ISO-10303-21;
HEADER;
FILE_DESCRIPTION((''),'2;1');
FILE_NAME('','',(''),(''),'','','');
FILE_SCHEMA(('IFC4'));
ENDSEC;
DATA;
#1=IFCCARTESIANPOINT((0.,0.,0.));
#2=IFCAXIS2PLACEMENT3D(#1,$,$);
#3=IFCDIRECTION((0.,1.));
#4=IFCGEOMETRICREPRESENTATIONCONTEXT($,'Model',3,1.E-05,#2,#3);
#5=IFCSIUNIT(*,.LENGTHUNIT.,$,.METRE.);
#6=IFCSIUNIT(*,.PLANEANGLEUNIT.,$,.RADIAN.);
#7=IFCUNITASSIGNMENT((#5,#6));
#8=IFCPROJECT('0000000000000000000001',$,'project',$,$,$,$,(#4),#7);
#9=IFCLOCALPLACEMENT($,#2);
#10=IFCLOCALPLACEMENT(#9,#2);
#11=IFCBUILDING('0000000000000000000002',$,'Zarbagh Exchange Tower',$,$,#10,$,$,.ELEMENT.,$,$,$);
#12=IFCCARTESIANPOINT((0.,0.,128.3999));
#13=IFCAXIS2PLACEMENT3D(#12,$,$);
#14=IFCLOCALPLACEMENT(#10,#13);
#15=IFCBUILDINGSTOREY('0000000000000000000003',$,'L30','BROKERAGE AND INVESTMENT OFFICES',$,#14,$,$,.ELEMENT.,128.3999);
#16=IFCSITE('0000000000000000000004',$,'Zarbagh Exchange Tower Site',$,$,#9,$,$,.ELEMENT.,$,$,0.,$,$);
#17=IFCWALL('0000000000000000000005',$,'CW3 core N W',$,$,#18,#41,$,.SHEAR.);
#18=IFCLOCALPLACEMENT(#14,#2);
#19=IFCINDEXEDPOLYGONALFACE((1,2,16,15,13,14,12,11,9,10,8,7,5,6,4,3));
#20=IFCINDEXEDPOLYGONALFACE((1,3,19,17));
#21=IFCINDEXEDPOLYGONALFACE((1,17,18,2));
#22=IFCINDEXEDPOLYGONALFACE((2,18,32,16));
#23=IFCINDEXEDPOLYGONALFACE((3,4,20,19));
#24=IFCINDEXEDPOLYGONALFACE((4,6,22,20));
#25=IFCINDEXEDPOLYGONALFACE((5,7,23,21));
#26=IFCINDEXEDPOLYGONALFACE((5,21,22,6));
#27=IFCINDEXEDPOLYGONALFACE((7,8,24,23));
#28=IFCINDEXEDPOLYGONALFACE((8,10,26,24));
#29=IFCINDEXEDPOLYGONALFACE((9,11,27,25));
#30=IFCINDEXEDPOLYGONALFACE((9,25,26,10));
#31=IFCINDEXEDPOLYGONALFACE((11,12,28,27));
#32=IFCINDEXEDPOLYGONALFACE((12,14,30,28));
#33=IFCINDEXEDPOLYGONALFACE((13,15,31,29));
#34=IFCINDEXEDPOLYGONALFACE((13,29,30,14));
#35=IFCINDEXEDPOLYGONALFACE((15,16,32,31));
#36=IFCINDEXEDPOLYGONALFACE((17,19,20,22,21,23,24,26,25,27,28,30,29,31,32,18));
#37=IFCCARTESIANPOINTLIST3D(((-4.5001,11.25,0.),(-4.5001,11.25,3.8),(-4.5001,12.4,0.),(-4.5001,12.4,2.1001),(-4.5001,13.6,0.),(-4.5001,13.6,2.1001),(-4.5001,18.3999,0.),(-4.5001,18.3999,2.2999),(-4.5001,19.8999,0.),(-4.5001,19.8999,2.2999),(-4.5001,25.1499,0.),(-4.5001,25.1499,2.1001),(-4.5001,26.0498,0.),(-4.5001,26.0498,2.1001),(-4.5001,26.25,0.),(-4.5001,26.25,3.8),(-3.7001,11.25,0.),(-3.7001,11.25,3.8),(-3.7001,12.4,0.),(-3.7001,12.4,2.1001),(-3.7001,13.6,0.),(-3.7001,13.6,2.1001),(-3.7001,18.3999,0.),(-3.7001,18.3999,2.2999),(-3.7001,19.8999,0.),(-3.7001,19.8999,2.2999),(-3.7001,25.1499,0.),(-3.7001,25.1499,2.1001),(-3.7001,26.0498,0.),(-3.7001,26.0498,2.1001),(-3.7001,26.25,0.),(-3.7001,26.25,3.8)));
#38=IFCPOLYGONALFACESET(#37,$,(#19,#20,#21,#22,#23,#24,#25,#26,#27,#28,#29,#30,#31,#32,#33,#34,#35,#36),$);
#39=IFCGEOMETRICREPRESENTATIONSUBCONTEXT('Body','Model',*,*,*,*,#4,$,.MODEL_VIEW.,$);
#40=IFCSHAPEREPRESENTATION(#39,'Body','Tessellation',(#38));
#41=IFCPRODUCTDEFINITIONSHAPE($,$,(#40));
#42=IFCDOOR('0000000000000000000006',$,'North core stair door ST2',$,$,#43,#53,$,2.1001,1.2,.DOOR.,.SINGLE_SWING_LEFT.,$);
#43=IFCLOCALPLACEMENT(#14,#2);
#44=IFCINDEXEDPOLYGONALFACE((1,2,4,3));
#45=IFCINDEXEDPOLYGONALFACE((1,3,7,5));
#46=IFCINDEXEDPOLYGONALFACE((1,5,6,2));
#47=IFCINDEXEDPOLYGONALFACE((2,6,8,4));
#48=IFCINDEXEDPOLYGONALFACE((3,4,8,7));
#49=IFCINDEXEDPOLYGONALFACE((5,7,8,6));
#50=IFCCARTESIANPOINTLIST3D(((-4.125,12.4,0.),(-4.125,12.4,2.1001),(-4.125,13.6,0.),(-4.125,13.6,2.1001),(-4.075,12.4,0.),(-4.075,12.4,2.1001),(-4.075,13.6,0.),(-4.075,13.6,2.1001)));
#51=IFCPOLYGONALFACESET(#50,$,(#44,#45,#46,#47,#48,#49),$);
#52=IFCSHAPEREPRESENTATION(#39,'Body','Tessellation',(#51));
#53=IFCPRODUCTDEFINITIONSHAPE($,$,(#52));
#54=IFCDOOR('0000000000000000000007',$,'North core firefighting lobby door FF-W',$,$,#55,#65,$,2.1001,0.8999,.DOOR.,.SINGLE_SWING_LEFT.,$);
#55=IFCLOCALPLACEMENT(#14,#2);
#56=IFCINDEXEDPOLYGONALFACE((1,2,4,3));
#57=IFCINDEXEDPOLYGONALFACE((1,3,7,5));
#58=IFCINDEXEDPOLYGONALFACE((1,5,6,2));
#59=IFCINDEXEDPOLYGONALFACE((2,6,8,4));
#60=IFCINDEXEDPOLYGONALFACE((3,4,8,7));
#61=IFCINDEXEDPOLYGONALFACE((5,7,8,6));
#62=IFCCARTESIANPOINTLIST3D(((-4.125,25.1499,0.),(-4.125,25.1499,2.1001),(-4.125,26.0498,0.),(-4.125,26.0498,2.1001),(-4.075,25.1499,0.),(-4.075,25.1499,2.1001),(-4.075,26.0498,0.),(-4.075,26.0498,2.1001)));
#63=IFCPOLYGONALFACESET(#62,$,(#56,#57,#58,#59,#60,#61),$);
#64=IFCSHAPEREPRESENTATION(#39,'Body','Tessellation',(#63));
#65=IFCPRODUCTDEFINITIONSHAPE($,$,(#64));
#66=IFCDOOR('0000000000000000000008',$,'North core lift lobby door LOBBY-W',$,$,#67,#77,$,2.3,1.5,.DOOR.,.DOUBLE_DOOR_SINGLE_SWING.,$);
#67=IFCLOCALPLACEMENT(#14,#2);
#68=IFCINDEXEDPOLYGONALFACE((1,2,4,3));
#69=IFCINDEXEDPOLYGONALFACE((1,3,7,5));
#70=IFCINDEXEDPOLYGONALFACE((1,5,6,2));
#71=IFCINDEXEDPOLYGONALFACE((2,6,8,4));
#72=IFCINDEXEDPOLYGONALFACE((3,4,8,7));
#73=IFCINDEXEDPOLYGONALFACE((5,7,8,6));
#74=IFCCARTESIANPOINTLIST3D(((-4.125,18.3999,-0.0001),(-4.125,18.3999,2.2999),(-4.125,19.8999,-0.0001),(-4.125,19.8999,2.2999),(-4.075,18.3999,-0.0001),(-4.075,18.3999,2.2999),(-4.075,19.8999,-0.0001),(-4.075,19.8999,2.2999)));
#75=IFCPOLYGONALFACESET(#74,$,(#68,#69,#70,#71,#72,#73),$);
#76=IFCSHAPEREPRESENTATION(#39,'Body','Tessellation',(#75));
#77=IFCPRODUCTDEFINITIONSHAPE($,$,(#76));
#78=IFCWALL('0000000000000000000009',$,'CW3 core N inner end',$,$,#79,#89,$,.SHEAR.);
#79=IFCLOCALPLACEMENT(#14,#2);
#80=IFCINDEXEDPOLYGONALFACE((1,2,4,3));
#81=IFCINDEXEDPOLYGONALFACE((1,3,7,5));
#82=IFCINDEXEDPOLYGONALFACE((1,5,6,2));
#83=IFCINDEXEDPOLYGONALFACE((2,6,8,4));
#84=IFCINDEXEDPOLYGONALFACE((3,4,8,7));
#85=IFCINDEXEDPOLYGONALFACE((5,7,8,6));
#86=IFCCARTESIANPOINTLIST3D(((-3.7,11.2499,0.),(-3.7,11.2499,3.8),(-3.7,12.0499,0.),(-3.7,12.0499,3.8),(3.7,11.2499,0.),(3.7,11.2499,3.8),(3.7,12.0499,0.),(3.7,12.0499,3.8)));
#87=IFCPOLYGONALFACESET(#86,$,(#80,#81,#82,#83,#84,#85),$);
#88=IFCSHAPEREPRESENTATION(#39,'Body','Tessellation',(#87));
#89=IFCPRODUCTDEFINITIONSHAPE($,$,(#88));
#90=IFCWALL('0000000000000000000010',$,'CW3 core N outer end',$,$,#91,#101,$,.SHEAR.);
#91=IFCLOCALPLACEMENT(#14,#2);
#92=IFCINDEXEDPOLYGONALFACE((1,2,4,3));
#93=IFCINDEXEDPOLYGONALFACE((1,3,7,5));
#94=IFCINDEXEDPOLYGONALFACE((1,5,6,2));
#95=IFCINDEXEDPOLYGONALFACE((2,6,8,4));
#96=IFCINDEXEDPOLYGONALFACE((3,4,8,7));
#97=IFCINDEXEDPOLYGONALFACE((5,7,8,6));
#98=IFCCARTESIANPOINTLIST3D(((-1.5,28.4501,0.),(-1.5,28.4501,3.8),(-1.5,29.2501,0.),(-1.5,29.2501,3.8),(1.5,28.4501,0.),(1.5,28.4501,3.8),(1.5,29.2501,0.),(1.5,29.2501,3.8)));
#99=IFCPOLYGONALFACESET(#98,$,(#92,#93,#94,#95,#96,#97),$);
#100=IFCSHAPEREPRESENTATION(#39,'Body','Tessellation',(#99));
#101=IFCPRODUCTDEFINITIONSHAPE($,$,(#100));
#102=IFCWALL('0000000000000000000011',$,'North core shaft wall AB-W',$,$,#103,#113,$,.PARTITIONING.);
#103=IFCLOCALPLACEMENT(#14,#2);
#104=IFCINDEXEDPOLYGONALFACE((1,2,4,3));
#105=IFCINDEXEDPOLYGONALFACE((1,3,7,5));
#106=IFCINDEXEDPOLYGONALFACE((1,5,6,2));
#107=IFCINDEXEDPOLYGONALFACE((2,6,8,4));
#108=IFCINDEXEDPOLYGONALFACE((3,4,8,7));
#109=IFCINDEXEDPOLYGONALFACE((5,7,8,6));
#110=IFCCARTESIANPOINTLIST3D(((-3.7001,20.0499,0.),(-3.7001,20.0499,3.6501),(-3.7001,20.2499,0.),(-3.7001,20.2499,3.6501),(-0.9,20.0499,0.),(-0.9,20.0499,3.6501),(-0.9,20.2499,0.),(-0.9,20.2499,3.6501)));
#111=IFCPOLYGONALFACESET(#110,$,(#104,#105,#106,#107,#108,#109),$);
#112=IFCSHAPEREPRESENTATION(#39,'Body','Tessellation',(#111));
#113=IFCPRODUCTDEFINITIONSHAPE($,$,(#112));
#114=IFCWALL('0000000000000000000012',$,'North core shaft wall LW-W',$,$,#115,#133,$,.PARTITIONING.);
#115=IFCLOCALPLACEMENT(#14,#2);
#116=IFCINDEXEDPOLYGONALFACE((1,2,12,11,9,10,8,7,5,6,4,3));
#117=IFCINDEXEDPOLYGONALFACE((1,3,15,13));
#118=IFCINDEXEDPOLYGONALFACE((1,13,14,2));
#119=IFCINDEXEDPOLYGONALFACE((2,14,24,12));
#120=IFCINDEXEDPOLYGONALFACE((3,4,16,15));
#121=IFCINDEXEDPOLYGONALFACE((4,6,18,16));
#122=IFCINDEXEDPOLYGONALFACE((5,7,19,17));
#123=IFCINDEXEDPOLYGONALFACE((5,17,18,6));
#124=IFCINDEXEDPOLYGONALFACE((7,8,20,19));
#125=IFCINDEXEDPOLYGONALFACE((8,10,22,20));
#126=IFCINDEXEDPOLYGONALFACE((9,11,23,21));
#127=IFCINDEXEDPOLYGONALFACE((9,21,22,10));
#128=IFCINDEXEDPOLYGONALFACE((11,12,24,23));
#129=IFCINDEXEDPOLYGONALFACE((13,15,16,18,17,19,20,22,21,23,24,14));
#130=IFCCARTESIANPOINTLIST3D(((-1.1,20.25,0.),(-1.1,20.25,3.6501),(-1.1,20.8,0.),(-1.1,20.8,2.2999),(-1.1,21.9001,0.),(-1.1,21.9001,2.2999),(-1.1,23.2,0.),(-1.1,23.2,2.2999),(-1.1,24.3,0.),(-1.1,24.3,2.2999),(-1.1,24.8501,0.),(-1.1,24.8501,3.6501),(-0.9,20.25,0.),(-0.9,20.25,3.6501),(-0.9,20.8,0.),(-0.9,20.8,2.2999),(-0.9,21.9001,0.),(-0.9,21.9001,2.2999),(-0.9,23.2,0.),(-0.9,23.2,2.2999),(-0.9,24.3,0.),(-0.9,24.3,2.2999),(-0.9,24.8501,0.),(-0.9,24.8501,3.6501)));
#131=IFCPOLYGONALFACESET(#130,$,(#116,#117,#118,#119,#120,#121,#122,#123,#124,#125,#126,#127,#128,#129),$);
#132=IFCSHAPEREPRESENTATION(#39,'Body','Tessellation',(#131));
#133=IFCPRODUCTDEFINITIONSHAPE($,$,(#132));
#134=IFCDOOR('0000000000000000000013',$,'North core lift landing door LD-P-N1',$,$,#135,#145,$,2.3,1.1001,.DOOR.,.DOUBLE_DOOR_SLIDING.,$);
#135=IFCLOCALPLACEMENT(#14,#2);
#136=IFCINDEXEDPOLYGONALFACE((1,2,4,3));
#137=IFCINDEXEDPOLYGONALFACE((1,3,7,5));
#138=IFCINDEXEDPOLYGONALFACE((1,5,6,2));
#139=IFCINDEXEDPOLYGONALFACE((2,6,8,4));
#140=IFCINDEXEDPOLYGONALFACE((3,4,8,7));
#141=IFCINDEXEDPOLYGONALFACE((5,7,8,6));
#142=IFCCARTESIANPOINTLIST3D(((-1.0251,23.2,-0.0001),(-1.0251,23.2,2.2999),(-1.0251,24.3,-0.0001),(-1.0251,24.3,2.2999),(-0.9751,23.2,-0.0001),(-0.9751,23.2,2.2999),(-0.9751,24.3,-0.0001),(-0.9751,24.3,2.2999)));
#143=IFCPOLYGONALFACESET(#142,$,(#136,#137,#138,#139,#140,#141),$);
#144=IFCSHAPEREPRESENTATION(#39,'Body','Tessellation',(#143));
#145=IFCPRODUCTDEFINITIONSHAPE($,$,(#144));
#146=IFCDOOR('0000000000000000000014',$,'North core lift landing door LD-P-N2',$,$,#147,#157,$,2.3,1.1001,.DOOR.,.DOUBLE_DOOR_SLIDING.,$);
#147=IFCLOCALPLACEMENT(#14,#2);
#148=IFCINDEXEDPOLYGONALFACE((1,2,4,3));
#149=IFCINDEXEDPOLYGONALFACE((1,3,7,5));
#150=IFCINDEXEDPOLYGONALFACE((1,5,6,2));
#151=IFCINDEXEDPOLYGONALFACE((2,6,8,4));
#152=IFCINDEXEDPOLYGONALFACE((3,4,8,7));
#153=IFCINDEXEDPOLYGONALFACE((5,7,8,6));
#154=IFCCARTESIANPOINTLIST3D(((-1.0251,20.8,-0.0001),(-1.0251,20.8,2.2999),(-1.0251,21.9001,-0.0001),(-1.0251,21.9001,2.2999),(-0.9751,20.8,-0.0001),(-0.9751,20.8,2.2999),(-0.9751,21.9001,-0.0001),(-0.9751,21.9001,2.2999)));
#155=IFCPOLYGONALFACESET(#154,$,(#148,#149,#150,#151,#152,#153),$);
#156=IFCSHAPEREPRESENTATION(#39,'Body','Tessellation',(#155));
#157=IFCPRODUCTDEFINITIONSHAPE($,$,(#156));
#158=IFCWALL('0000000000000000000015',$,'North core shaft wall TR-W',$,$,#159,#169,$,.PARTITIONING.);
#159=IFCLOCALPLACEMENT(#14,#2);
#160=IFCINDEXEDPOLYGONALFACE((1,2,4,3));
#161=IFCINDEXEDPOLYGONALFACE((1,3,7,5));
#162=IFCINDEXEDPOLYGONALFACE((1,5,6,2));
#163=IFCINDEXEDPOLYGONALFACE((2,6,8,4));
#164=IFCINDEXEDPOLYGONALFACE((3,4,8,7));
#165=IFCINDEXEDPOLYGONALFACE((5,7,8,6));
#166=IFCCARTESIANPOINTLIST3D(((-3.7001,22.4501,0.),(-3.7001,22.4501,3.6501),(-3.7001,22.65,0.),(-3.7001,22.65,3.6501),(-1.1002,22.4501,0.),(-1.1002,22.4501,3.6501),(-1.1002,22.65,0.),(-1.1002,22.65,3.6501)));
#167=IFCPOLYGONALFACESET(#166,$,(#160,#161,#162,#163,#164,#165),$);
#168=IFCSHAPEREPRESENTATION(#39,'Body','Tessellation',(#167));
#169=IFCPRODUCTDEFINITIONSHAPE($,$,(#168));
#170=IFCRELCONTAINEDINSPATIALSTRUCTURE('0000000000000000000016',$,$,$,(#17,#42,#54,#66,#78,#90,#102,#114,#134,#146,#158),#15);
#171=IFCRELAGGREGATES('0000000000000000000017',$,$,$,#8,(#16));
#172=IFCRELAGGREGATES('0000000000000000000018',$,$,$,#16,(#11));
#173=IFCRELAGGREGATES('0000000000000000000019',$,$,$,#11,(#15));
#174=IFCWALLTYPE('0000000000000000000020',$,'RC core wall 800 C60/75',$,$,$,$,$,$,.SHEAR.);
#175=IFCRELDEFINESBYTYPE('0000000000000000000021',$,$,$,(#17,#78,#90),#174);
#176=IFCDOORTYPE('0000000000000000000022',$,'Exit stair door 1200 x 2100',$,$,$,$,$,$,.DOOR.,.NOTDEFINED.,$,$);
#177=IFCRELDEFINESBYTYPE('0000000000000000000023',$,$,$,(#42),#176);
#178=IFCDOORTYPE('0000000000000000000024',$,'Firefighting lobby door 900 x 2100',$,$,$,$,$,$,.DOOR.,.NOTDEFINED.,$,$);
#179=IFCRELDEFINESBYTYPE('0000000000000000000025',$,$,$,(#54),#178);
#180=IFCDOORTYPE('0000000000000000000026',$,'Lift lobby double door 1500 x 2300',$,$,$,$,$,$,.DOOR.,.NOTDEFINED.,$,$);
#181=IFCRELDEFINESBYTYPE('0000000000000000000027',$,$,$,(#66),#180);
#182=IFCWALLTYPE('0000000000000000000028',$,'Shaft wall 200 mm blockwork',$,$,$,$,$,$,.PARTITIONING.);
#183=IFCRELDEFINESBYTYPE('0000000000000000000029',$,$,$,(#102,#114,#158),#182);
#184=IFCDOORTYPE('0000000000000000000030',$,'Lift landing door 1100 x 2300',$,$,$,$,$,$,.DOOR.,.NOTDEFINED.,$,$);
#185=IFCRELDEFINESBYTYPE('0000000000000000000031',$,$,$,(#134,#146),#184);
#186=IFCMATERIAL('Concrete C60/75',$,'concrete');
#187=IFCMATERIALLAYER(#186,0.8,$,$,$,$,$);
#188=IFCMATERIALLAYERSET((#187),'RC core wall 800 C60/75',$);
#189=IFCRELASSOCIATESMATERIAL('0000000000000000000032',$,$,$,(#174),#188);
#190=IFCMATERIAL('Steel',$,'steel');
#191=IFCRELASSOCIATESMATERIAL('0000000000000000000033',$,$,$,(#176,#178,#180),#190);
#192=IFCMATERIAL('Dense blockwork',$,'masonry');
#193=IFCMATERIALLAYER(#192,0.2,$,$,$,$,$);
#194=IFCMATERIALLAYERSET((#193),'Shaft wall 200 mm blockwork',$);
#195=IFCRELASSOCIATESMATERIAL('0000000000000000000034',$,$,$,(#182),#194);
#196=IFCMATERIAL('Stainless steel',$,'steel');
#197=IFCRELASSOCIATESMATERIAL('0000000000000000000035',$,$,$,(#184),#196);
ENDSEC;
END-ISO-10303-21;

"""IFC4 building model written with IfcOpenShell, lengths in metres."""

from ifc_helpers import new_model, si_unit, direction, frame, frame_2d, origin, place, context, subcontext, project, spatial, rectangle, extrude, material, layer, layer_set, type_object, element, fill, save


model = new_model("IFC4")

# Units and contexts
model_context = context("Model", 3, precision=1e-05, world=origin(), true_north=direction((0.0, 1.0)))
body_context = subcontext(model_context, "Body", "Model", "MODEL_VIEW")
ifc_project = project(units=[si_unit("LENGTHUNIT", "METRE"), si_unit("PLANEANGLEUNIT", "RADIAN")], contexts=[model_context])

# Site, building, storey
site_placement = place(None, origin())
site = spatial("IfcSite", under=ifc_project, at=site_placement, Name="Zarbagh Exchange Tower Site", CompositionType="ELEMENT", RefElevation=0.0)
building_placement = place(site_placement, origin())
building = spatial("IfcBuilding", under=site, at=building_placement, Name="Zarbagh Exchange Tower", CompositionType="ELEMENT")
storey_placement = place(building_placement, frame((0.0, 0.0, 128.3999)))
storey = spatial("IfcBuildingStorey", under=building, at=storey_placement, Name="L30", Description="BROKERAGE AND INVESTMENT OFFICES", CompositionType="ELEMENT", Elevation=128.3999)

# Shared definitions
ifc_material_1 = material(Name="Concrete C60/75", Category="concrete")

# Wall, openings, doors
ifc_layer_1 = layer(ifc_material_1, 0.8)
ifc_layer_set_1 = layer_set([ifc_layer_1], Name="RC core wall 800 C60/75")
wall_type_1 = type_object("IfcWallType", Name="RC core wall 800 C60/75", PredefinedType="SHEAR", material=ifc_layer_set_1)
wall_1_placement = place(storey_placement, frame((-4.1001, 11.25, 0.0), z_axis=(0.0, 0.0, 1.0), x_axis=(0.0, 1.0, 0.0)))
wall_1 = element("IfcWall", 1, at=wall_1_placement, inside=storey, type_object=wall_type_1, Name="CW3 core N W", PredefinedType="SHEAR", context=body_context, shape_type="SweptSolid", body=[
    extrude(rectangle(XDim=15.0, YDim=0.8, at=frame_2d((7.5, 0.0))), origin(), (0.0, 0.0, 1.0), 3.8),
])
opening_1_placement = place(wall_1_placement, frame((7.1499, 0.0, 0.0)))
opening_1 = element("IfcOpeningElement", 2, at=opening_1_placement, cuts=wall_1, PredefinedType="OPENING", context=body_context, shape_type="SweptSolid", body=[
    extrude(rectangle(XDim=1.5, YDim=2.3, at=frame_2d((0.75, 1.1499))), frame((0.0, 0.4099, 0.0), z_axis=(0.0, -1.0, 0.0), x_axis=(1.0, 0.0, 0.0)), (0.0, 0.0, 1.0), 0.8201),
])
opening_2_placement = place(wall_1_placement, frame((13.8999, 0.0, 0.0)))
opening_2 = element("IfcOpeningElement", 3, at=opening_2_placement, cuts=wall_1, PredefinedType="OPENING", context=body_context, shape_type="SweptSolid", body=[
    extrude(rectangle(XDim=0.8999, YDim=2.1001, at=frame_2d((0.45, 1.05))), frame((0.0, 0.4099, 0.0), z_axis=(0.0, -1.0, 0.0), x_axis=(1.0, 0.0, 0.0)), (0.0, 0.0, 1.0), 0.8201),
])
opening_3_placement = place(wall_1_placement, frame((1.1499, 0.0, 0.0)))
opening_3 = element("IfcOpeningElement", 4, at=opening_3_placement, cuts=wall_1, PredefinedType="OPENING", context=body_context, shape_type="SweptSolid", body=[
    extrude(rectangle(XDim=1.2, YDim=2.1001, at=frame_2d((0.6001, 1.05))), frame((0.0, 0.4099, 0.0), z_axis=(0.0, -1.0, 0.0), x_axis=(1.0, 0.0, 0.0)), (0.0, 0.0, 1.0), 0.8201),
])
ifc_material_2 = material(Name="Steel", Category="steel")
door_type_1 = type_object("IfcDoorType", Name="Exit stair door 1200 x 2100", OperationType="NOTDEFINED", PredefinedType="DOOR", material=ifc_material_2)
door_1_placement = place(opening_3_placement, origin())
door_1 = element("IfcDoor", 5, at=door_1_placement, inside=storey, type_object=door_type_1, Name="North core stair door ST2", OperationType="SINGLE_SWING_LEFT", OverallHeight=2.1001, OverallWidth=1.2, PredefinedType="DOOR", context=body_context, shape_type="SweptSolid", body=[
    extrude(rectangle(XDim=1.2, YDim=2.1001, at=frame_2d((0.6001, 1.05))), frame((0.0, 0.0249, 0.0), z_axis=(0.0, -1.0, 0.0), x_axis=(1.0, 0.0, 0.0)), (0.0, 0.0, 1.0), 0.05),
])
fill(opening_3, door_1)
door_type_2 = type_object("IfcDoorType", Name="Firefighting lobby door 900 x 2100", OperationType="NOTDEFINED", PredefinedType="DOOR", material=ifc_material_2)
door_2_placement = place(opening_2_placement, origin())
door_2 = element("IfcDoor", 6, at=door_2_placement, inside=storey, type_object=door_type_2, Name="North core firefighting lobby door FF-W", OperationType="SINGLE_SWING_LEFT", OverallHeight=2.1001, OverallWidth=0.8999, PredefinedType="DOOR", context=body_context, shape_type="SweptSolid", body=[
    extrude(rectangle(XDim=0.8999, YDim=2.1001, at=frame_2d((0.45, 1.05))), frame((0.0, 0.0249, 0.0), z_axis=(0.0, -1.0, 0.0), x_axis=(1.0, 0.0, 0.0)), (0.0, 0.0, 1.0), 0.05),
])
fill(opening_2, door_2)
door_type_3 = type_object("IfcDoorType", Name="Lift lobby double door 1500 x 2300", OperationType="NOTDEFINED", PredefinedType="DOOR", material=ifc_material_2)
door_3_placement = place(opening_1_placement, origin())
door_3 = element("IfcDoor", 7, at=door_3_placement, inside=storey, type_object=door_type_3, Name="North core lift lobby door LOBBY-W", OperationType="DOUBLE_DOOR_SINGLE_SWING", OverallHeight=2.3, OverallWidth=1.5, PredefinedType="DOOR", context=body_context, shape_type="SweptSolid", body=[
    extrude(rectangle(XDim=1.5, YDim=2.3, at=frame_2d((0.75, 1.1499))), frame((0.0, 0.0249, 0.0), z_axis=(0.0, -1.0, 0.0), x_axis=(1.0, 0.0, 0.0)), (0.0, 0.0, 1.0), 0.05),
])
fill(opening_1, door_3)

# Walls
wall_2_placement = place(storey_placement, frame((-3.7, 11.6499, 0.0), z_axis=(0.0, 0.0, 1.0), x_axis=(1.0, 0.0, 0.0)))
element("IfcWall", 8, at=wall_2_placement, inside=storey, type_object=wall_type_1, Name="CW3 core N inner end", PredefinedType="SHEAR", context=body_context, shape_type="SweptSolid", body=[
    extrude(rectangle(XDim=7.3999, YDim=0.8, at=frame_2d((3.7, 0.0))), origin(), (0.0, 0.0, 1.0), 3.8),
])
wall_3_placement = place(storey_placement, frame((-1.5, 28.8501, 0.0), z_axis=(0.0, 0.0, 1.0), x_axis=(1.0, 0.0, 0.0)))
element("IfcWall", 9, at=wall_3_placement, inside=storey, type_object=wall_type_1, Name="CW3 core N outer end", PredefinedType="SHEAR", context=body_context, shape_type="SweptSolid", body=[
    extrude(rectangle(XDim=3.0, YDim=0.8, at=frame_2d((1.5, 0.0))), origin(), (0.0, 0.0, 1.0), 3.8),
])
ifc_material_3 = material(Name="Dense blockwork", Category="masonry")
ifc_layer_2 = layer(ifc_material_3, 0.2)
ifc_layer_set_2 = layer_set([ifc_layer_2], Name="Shaft wall 200 mm blockwork")
wall_type_2 = type_object("IfcWallType", Name="Shaft wall 200 mm blockwork", PredefinedType="PARTITIONING", material=ifc_layer_set_2)
wall_4_placement = place(storey_placement, frame((-3.7, 20.1499, 0.0), z_axis=(0.0, 0.0, 1.0), x_axis=(1.0, 0.0, 0.0)))
element("IfcWall", 10, at=wall_4_placement, inside=storey, type_object=wall_type_2, Name="North core shaft wall AB-W", PredefinedType="PARTITIONING", context=body_context, shape_type="SweptSolid", body=[
    extrude(rectangle(XDim=2.8, YDim=0.2, at=frame_2d((1.3999, 0.0))), origin(), (0.0, 0.0, 1.0), 3.6501),
])

# Wall, openings, doors
wall_5_placement = place(storey_placement, frame((-1.0, 24.8501, 0.0), z_axis=(0.0, 0.0, 1.0), x_axis=(0.0, -1.0, 0.0)))
wall_5 = element("IfcWall", 11, at=wall_5_placement, inside=storey, type_object=wall_type_2, Name="North core shaft wall LW-W", PredefinedType="PARTITIONING", context=body_context, shape_type="SweptSolid", body=[
    extrude(rectangle(XDim=4.6001, YDim=0.2, at=frame_2d((2.3, 0.0))), origin(), (0.0, 0.0, 1.0), 3.6501),
])
opening_4_placement = place(wall_5_placement, frame((0.55, 0.0, 0.0)))
opening_4 = element("IfcOpeningElement", 12, at=opening_4_placement, cuts=wall_5, PredefinedType="OPENING", context=body_context, shape_type="SweptSolid", body=[
    extrude(rectangle(XDim=1.1001, YDim=2.3, at=frame_2d((0.55, 1.1499))), frame((0.0, 0.1099, 0.0), z_axis=(0.0, -1.0, 0.0), x_axis=(1.0, 0.0, 0.0)), (0.0, 0.0, 1.0), 0.22),
])
opening_5_placement = place(wall_5_placement, frame((2.95, 0.0, 0.0)))
opening_5 = element("IfcOpeningElement", 13, at=opening_5_placement, cuts=wall_5, PredefinedType="OPENING", context=body_context, shape_type="SweptSolid", body=[
    extrude(rectangle(XDim=1.1001, YDim=2.3, at=frame_2d((0.55, 1.1499))), frame((0.0, 0.1099, 0.0), z_axis=(0.0, -1.0, 0.0), x_axis=(1.0, 0.0, 0.0)), (0.0, 0.0, 1.0), 0.22),
])
ifc_material_4 = material(Name="Stainless steel", Category="steel")
door_type_4 = type_object("IfcDoorType", Name="Lift landing door 1100 x 2300", OperationType="NOTDEFINED", PredefinedType="DOOR", material=ifc_material_4)
door_4_placement = place(opening_4_placement, origin())
door_4 = element("IfcDoor", 14, at=door_4_placement, inside=storey, type_object=door_type_4, Name="North core lift landing door LD-P-N1", OperationType="DOUBLE_DOOR_SLIDING", OverallHeight=2.3, OverallWidth=1.1001, PredefinedType="DOOR", context=body_context, shape_type="SweptSolid", body=[
    extrude(rectangle(XDim=1.1001, YDim=2.3, at=frame_2d((0.55, 1.1499))), frame((0.0, 0.0249, 0.0), z_axis=(0.0, -1.0, 0.0), x_axis=(1.0, 0.0, 0.0)), (0.0, 0.0, 1.0), 0.05),
])
fill(opening_4, door_4)
door_5_placement = place(opening_5_placement, origin())
door_5 = element("IfcDoor", 15, at=door_5_placement, inside=storey, type_object=door_type_4, Name="North core lift landing door LD-P-N2", OperationType="DOUBLE_DOOR_SLIDING", OverallHeight=2.3, OverallWidth=1.1001, PredefinedType="DOOR", context=body_context, shape_type="SweptSolid", body=[
    extrude(rectangle(XDim=1.1001, YDim=2.3, at=frame_2d((0.55, 1.1499))), frame((0.0, 0.0249, 0.0), z_axis=(0.0, -1.0, 0.0), x_axis=(1.0, 0.0, 0.0)), (0.0, 0.0, 1.0), 0.05),
])
fill(opening_5, door_5)

# Wall
wall_6_placement = place(storey_placement, frame((-3.7, 22.55, 0.0), z_axis=(0.0, 0.0, 1.0), x_axis=(1.0, 0.0, 0.0)))
element("IfcWall", 16, at=wall_6_placement, inside=storey, type_object=wall_type_2, Name="North core shaft wall TR-W", PredefinedType="PARTITIONING", context=body_context, shape_type="SweptSolid", body=[
    extrude(rectangle(XDim=2.5999, YDim=0.2, at=frame_2d((1.2998, 0.0))), origin(), (0.0, 0.0, 1.0), 3.6501),
])

save(model, "model.ifc")
